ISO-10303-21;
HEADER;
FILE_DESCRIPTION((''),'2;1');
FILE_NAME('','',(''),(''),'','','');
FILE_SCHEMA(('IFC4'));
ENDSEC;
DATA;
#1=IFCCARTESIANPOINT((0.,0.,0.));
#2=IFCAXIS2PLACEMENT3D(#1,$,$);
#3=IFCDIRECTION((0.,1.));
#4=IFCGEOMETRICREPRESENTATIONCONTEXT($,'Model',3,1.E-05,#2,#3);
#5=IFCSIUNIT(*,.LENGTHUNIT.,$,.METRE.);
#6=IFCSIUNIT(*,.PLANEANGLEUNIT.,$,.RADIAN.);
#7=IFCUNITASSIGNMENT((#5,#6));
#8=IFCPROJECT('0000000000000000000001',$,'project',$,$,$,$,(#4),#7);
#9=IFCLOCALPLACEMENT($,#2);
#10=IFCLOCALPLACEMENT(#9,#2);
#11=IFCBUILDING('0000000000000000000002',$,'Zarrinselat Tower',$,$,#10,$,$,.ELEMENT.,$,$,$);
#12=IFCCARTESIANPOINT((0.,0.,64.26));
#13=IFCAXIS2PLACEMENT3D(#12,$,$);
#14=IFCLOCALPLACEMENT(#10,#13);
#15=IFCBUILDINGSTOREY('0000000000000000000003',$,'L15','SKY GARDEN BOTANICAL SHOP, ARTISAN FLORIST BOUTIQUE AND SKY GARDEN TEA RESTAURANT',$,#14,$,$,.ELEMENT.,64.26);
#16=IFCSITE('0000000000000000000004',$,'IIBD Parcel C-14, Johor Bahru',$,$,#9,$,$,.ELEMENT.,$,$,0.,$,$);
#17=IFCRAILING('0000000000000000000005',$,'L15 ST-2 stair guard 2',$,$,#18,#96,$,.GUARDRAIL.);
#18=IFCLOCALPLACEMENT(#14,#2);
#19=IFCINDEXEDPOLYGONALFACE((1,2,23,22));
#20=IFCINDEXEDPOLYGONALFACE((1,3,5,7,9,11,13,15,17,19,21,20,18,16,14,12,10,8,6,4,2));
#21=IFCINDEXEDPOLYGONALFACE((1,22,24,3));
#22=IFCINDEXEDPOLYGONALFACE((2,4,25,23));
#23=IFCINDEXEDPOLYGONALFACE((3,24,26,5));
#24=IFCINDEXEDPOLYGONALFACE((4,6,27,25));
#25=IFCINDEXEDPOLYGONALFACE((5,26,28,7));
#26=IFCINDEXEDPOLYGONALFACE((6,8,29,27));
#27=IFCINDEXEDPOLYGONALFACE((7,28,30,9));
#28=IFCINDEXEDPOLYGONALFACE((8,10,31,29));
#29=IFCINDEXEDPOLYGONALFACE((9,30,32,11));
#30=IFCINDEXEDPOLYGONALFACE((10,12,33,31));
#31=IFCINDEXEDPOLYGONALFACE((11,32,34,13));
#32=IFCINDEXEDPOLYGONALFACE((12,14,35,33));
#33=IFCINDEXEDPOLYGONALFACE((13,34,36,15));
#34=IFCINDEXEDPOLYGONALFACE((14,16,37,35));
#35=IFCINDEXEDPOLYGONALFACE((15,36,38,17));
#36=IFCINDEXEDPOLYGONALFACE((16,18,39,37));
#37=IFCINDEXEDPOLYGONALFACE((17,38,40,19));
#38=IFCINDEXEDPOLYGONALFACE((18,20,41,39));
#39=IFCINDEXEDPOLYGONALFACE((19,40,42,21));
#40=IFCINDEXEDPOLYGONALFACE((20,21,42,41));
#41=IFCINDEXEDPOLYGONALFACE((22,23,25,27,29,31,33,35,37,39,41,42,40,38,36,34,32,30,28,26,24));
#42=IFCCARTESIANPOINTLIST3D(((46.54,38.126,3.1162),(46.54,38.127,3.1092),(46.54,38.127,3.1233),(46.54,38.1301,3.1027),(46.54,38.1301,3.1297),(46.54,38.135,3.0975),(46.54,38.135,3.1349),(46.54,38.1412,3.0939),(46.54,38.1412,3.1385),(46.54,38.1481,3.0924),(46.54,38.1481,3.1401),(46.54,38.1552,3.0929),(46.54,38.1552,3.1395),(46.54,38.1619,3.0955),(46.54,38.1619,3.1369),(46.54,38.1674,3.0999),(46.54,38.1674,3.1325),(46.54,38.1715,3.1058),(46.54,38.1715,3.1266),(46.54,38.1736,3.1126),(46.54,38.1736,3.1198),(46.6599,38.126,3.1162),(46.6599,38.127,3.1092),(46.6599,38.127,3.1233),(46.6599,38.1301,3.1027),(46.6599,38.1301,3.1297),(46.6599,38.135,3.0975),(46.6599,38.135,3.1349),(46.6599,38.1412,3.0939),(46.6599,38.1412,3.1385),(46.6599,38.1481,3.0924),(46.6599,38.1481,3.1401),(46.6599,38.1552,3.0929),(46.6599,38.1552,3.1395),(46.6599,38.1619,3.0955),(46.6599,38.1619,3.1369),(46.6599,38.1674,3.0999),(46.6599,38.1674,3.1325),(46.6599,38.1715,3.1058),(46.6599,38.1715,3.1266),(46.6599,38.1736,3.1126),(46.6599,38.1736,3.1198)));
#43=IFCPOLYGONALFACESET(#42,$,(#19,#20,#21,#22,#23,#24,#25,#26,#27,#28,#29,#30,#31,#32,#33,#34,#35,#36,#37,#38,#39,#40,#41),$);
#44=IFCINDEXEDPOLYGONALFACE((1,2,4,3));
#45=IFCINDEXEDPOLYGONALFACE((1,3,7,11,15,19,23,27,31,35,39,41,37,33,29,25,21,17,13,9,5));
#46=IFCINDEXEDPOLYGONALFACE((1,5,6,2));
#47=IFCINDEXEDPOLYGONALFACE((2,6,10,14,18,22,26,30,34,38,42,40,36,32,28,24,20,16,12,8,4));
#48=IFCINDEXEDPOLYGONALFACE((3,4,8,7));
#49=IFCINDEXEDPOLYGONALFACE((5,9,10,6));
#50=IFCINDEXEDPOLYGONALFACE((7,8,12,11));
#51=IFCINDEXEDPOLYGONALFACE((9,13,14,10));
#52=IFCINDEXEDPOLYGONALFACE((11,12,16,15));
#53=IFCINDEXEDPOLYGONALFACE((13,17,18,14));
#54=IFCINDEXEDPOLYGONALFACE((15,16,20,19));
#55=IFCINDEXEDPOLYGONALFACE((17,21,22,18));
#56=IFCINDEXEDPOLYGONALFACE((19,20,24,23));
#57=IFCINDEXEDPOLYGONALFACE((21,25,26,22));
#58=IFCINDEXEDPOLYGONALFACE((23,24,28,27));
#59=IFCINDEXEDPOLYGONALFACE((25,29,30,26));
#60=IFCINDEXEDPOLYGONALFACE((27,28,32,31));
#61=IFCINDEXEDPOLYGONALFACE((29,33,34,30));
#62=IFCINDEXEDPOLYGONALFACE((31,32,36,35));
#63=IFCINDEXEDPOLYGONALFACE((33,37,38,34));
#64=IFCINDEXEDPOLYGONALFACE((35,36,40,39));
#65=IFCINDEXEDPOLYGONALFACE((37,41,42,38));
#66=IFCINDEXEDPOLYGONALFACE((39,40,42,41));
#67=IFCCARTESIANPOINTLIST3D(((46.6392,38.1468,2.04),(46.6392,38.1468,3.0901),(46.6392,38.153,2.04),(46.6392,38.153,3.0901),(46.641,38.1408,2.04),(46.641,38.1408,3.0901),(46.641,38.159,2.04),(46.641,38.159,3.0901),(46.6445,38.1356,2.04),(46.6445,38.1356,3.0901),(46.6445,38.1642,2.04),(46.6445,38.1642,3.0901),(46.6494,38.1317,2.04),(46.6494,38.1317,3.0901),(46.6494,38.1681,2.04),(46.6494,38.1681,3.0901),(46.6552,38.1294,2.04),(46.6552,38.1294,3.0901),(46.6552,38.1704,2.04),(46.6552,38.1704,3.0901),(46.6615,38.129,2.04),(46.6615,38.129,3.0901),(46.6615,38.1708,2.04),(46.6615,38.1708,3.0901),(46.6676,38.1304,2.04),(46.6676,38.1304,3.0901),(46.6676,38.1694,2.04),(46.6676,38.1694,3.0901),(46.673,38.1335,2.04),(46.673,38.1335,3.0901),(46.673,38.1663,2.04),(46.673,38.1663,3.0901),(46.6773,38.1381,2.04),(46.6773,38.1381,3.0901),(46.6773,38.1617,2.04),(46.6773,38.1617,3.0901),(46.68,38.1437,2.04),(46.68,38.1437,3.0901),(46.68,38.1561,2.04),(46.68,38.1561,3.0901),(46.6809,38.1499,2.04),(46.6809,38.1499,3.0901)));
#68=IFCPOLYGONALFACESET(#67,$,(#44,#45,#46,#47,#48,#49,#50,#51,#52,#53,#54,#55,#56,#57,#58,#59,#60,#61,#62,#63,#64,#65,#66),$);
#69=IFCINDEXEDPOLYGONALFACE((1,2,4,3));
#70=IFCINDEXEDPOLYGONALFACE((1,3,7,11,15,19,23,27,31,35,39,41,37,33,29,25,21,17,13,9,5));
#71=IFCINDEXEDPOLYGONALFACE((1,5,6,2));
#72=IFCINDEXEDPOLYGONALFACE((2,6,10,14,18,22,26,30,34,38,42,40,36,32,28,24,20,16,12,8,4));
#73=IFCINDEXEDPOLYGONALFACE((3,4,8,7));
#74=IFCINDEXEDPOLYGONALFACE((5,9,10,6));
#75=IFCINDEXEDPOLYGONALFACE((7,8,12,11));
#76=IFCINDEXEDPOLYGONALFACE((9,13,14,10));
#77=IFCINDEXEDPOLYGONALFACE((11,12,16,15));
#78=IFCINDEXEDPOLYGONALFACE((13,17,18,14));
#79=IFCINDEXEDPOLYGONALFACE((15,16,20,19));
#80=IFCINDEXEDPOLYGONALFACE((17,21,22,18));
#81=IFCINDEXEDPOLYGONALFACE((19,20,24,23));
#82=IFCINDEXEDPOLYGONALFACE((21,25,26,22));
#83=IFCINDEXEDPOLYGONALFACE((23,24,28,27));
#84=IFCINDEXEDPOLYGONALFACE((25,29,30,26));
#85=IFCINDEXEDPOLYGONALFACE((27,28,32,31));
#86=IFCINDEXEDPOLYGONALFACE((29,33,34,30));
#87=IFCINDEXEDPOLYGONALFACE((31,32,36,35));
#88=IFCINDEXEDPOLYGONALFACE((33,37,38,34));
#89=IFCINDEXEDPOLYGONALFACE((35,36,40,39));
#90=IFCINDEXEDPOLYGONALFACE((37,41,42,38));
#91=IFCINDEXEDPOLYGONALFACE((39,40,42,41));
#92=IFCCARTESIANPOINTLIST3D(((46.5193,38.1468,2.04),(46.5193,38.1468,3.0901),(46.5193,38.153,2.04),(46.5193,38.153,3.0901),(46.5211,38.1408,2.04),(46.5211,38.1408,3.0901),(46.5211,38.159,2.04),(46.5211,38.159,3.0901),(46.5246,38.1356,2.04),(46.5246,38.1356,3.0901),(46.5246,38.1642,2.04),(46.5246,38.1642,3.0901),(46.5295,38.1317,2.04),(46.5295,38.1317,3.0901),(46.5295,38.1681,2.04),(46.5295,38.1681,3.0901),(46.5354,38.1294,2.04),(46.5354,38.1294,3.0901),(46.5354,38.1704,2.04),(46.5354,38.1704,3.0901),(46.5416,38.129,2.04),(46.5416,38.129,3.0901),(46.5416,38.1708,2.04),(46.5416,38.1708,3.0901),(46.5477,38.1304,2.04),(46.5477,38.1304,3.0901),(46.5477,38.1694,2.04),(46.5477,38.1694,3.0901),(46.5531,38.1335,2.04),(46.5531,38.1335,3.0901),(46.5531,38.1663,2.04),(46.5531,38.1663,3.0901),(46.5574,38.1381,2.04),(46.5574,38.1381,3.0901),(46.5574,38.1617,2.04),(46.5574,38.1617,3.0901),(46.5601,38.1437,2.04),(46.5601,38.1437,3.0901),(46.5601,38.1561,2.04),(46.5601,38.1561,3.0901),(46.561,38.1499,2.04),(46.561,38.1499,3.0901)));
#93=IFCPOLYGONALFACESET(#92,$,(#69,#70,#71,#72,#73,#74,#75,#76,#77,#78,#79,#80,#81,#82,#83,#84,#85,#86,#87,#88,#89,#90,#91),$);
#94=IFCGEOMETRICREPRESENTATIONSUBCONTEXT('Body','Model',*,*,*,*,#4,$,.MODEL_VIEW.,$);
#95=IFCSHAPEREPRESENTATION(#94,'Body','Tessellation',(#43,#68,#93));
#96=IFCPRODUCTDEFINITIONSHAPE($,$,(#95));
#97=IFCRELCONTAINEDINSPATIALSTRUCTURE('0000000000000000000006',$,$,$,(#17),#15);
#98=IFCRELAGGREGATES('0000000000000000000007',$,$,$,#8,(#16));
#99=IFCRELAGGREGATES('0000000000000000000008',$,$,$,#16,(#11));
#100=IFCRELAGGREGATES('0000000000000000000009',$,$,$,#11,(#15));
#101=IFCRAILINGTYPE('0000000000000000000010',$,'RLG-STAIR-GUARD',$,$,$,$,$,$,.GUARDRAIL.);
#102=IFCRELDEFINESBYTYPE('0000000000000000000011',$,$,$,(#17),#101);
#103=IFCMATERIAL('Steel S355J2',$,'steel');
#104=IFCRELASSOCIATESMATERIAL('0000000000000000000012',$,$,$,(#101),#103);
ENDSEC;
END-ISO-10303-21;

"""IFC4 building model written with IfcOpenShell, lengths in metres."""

from ifc_helpers import new_model, si_unit, direction, frame, origin, origin_2d, place, context, subcontext, project, spatial, circle, extrude, material, type_object, element, save


model = new_model("IFC4")

# Units and contexts
model_context = context("Model", 3, precision=1e-05, world=origin(), true_north=direction((0.0, 1.0)))
body_context = subcontext(model_context, "Body", "Model", "MODEL_VIEW")
ifc_project = project(units=[si_unit("LENGTHUNIT", "METRE"), si_unit("PLANEANGLEUNIT", "RADIAN")], contexts=[model_context])

# Site, building, storey
site_placement = place(None, origin())
site = spatial("IfcSite", under=ifc_project, at=site_placement, Name="IIBD Parcel C-14, Johor Bahru", CompositionType="ELEMENT", RefElevation=0.0)
building_placement = place(site_placement, origin())
building = spatial("IfcBuilding", under=site, at=building_placement, Name="Zarrinselat Tower", CompositionType="ELEMENT")
storey_placement = place(building_placement, frame((0.0, 0.0, 64.26)))
storey = spatial("IfcBuildingStorey", under=building, at=storey_placement, Name="L15", Description="SKY GARDEN BOTANICAL SHOP, ARTISAN FLORIST BOUTIQUE AND SKY GARDEN TEA RESTAURANT", CompositionType="ELEMENT", Elevation=64.26)

# Railing
ifc_material_1 = material(Name="Steel S355J2", Category="steel")
railing_type = type_object("IfcRailingType", Name="RLG-STAIR-GUARD", PredefinedType="GUARDRAIL", material=ifc_material_1)
railing_1_placement = place(storey_placement, frame((46.6599, 38.1499, 2.04)))
element("IfcRailing", 1, at=railing_1_placement, inside=storey, type_object=railing_type, Name="L15 ST-2 stair guard 2", PredefinedType="GUARDRAIL", context=body_context, shape_type="SweptSolid", body=[
    extrude(circle(Radius=0.0239, at=origin_2d()), frame((0.0, 0.0, 1.0762), z_axis=(-1.0, 0.0, 0.0), x_axis=(0.0, -1.0, 0.0)), (0.0, 0.0, 1.0), 0.1199),
    extrude(circle(Radius=0.021, at=origin_2d()), origin(), (0.0, 0.0, 1.0), 1.05),
    extrude(circle(Radius=0.021, at=origin_2d()), frame((-0.1199, 0.0, 0.0)), (0.0, 0.0, 1.0), 1.05),
])

save(model, "model.ifc")
